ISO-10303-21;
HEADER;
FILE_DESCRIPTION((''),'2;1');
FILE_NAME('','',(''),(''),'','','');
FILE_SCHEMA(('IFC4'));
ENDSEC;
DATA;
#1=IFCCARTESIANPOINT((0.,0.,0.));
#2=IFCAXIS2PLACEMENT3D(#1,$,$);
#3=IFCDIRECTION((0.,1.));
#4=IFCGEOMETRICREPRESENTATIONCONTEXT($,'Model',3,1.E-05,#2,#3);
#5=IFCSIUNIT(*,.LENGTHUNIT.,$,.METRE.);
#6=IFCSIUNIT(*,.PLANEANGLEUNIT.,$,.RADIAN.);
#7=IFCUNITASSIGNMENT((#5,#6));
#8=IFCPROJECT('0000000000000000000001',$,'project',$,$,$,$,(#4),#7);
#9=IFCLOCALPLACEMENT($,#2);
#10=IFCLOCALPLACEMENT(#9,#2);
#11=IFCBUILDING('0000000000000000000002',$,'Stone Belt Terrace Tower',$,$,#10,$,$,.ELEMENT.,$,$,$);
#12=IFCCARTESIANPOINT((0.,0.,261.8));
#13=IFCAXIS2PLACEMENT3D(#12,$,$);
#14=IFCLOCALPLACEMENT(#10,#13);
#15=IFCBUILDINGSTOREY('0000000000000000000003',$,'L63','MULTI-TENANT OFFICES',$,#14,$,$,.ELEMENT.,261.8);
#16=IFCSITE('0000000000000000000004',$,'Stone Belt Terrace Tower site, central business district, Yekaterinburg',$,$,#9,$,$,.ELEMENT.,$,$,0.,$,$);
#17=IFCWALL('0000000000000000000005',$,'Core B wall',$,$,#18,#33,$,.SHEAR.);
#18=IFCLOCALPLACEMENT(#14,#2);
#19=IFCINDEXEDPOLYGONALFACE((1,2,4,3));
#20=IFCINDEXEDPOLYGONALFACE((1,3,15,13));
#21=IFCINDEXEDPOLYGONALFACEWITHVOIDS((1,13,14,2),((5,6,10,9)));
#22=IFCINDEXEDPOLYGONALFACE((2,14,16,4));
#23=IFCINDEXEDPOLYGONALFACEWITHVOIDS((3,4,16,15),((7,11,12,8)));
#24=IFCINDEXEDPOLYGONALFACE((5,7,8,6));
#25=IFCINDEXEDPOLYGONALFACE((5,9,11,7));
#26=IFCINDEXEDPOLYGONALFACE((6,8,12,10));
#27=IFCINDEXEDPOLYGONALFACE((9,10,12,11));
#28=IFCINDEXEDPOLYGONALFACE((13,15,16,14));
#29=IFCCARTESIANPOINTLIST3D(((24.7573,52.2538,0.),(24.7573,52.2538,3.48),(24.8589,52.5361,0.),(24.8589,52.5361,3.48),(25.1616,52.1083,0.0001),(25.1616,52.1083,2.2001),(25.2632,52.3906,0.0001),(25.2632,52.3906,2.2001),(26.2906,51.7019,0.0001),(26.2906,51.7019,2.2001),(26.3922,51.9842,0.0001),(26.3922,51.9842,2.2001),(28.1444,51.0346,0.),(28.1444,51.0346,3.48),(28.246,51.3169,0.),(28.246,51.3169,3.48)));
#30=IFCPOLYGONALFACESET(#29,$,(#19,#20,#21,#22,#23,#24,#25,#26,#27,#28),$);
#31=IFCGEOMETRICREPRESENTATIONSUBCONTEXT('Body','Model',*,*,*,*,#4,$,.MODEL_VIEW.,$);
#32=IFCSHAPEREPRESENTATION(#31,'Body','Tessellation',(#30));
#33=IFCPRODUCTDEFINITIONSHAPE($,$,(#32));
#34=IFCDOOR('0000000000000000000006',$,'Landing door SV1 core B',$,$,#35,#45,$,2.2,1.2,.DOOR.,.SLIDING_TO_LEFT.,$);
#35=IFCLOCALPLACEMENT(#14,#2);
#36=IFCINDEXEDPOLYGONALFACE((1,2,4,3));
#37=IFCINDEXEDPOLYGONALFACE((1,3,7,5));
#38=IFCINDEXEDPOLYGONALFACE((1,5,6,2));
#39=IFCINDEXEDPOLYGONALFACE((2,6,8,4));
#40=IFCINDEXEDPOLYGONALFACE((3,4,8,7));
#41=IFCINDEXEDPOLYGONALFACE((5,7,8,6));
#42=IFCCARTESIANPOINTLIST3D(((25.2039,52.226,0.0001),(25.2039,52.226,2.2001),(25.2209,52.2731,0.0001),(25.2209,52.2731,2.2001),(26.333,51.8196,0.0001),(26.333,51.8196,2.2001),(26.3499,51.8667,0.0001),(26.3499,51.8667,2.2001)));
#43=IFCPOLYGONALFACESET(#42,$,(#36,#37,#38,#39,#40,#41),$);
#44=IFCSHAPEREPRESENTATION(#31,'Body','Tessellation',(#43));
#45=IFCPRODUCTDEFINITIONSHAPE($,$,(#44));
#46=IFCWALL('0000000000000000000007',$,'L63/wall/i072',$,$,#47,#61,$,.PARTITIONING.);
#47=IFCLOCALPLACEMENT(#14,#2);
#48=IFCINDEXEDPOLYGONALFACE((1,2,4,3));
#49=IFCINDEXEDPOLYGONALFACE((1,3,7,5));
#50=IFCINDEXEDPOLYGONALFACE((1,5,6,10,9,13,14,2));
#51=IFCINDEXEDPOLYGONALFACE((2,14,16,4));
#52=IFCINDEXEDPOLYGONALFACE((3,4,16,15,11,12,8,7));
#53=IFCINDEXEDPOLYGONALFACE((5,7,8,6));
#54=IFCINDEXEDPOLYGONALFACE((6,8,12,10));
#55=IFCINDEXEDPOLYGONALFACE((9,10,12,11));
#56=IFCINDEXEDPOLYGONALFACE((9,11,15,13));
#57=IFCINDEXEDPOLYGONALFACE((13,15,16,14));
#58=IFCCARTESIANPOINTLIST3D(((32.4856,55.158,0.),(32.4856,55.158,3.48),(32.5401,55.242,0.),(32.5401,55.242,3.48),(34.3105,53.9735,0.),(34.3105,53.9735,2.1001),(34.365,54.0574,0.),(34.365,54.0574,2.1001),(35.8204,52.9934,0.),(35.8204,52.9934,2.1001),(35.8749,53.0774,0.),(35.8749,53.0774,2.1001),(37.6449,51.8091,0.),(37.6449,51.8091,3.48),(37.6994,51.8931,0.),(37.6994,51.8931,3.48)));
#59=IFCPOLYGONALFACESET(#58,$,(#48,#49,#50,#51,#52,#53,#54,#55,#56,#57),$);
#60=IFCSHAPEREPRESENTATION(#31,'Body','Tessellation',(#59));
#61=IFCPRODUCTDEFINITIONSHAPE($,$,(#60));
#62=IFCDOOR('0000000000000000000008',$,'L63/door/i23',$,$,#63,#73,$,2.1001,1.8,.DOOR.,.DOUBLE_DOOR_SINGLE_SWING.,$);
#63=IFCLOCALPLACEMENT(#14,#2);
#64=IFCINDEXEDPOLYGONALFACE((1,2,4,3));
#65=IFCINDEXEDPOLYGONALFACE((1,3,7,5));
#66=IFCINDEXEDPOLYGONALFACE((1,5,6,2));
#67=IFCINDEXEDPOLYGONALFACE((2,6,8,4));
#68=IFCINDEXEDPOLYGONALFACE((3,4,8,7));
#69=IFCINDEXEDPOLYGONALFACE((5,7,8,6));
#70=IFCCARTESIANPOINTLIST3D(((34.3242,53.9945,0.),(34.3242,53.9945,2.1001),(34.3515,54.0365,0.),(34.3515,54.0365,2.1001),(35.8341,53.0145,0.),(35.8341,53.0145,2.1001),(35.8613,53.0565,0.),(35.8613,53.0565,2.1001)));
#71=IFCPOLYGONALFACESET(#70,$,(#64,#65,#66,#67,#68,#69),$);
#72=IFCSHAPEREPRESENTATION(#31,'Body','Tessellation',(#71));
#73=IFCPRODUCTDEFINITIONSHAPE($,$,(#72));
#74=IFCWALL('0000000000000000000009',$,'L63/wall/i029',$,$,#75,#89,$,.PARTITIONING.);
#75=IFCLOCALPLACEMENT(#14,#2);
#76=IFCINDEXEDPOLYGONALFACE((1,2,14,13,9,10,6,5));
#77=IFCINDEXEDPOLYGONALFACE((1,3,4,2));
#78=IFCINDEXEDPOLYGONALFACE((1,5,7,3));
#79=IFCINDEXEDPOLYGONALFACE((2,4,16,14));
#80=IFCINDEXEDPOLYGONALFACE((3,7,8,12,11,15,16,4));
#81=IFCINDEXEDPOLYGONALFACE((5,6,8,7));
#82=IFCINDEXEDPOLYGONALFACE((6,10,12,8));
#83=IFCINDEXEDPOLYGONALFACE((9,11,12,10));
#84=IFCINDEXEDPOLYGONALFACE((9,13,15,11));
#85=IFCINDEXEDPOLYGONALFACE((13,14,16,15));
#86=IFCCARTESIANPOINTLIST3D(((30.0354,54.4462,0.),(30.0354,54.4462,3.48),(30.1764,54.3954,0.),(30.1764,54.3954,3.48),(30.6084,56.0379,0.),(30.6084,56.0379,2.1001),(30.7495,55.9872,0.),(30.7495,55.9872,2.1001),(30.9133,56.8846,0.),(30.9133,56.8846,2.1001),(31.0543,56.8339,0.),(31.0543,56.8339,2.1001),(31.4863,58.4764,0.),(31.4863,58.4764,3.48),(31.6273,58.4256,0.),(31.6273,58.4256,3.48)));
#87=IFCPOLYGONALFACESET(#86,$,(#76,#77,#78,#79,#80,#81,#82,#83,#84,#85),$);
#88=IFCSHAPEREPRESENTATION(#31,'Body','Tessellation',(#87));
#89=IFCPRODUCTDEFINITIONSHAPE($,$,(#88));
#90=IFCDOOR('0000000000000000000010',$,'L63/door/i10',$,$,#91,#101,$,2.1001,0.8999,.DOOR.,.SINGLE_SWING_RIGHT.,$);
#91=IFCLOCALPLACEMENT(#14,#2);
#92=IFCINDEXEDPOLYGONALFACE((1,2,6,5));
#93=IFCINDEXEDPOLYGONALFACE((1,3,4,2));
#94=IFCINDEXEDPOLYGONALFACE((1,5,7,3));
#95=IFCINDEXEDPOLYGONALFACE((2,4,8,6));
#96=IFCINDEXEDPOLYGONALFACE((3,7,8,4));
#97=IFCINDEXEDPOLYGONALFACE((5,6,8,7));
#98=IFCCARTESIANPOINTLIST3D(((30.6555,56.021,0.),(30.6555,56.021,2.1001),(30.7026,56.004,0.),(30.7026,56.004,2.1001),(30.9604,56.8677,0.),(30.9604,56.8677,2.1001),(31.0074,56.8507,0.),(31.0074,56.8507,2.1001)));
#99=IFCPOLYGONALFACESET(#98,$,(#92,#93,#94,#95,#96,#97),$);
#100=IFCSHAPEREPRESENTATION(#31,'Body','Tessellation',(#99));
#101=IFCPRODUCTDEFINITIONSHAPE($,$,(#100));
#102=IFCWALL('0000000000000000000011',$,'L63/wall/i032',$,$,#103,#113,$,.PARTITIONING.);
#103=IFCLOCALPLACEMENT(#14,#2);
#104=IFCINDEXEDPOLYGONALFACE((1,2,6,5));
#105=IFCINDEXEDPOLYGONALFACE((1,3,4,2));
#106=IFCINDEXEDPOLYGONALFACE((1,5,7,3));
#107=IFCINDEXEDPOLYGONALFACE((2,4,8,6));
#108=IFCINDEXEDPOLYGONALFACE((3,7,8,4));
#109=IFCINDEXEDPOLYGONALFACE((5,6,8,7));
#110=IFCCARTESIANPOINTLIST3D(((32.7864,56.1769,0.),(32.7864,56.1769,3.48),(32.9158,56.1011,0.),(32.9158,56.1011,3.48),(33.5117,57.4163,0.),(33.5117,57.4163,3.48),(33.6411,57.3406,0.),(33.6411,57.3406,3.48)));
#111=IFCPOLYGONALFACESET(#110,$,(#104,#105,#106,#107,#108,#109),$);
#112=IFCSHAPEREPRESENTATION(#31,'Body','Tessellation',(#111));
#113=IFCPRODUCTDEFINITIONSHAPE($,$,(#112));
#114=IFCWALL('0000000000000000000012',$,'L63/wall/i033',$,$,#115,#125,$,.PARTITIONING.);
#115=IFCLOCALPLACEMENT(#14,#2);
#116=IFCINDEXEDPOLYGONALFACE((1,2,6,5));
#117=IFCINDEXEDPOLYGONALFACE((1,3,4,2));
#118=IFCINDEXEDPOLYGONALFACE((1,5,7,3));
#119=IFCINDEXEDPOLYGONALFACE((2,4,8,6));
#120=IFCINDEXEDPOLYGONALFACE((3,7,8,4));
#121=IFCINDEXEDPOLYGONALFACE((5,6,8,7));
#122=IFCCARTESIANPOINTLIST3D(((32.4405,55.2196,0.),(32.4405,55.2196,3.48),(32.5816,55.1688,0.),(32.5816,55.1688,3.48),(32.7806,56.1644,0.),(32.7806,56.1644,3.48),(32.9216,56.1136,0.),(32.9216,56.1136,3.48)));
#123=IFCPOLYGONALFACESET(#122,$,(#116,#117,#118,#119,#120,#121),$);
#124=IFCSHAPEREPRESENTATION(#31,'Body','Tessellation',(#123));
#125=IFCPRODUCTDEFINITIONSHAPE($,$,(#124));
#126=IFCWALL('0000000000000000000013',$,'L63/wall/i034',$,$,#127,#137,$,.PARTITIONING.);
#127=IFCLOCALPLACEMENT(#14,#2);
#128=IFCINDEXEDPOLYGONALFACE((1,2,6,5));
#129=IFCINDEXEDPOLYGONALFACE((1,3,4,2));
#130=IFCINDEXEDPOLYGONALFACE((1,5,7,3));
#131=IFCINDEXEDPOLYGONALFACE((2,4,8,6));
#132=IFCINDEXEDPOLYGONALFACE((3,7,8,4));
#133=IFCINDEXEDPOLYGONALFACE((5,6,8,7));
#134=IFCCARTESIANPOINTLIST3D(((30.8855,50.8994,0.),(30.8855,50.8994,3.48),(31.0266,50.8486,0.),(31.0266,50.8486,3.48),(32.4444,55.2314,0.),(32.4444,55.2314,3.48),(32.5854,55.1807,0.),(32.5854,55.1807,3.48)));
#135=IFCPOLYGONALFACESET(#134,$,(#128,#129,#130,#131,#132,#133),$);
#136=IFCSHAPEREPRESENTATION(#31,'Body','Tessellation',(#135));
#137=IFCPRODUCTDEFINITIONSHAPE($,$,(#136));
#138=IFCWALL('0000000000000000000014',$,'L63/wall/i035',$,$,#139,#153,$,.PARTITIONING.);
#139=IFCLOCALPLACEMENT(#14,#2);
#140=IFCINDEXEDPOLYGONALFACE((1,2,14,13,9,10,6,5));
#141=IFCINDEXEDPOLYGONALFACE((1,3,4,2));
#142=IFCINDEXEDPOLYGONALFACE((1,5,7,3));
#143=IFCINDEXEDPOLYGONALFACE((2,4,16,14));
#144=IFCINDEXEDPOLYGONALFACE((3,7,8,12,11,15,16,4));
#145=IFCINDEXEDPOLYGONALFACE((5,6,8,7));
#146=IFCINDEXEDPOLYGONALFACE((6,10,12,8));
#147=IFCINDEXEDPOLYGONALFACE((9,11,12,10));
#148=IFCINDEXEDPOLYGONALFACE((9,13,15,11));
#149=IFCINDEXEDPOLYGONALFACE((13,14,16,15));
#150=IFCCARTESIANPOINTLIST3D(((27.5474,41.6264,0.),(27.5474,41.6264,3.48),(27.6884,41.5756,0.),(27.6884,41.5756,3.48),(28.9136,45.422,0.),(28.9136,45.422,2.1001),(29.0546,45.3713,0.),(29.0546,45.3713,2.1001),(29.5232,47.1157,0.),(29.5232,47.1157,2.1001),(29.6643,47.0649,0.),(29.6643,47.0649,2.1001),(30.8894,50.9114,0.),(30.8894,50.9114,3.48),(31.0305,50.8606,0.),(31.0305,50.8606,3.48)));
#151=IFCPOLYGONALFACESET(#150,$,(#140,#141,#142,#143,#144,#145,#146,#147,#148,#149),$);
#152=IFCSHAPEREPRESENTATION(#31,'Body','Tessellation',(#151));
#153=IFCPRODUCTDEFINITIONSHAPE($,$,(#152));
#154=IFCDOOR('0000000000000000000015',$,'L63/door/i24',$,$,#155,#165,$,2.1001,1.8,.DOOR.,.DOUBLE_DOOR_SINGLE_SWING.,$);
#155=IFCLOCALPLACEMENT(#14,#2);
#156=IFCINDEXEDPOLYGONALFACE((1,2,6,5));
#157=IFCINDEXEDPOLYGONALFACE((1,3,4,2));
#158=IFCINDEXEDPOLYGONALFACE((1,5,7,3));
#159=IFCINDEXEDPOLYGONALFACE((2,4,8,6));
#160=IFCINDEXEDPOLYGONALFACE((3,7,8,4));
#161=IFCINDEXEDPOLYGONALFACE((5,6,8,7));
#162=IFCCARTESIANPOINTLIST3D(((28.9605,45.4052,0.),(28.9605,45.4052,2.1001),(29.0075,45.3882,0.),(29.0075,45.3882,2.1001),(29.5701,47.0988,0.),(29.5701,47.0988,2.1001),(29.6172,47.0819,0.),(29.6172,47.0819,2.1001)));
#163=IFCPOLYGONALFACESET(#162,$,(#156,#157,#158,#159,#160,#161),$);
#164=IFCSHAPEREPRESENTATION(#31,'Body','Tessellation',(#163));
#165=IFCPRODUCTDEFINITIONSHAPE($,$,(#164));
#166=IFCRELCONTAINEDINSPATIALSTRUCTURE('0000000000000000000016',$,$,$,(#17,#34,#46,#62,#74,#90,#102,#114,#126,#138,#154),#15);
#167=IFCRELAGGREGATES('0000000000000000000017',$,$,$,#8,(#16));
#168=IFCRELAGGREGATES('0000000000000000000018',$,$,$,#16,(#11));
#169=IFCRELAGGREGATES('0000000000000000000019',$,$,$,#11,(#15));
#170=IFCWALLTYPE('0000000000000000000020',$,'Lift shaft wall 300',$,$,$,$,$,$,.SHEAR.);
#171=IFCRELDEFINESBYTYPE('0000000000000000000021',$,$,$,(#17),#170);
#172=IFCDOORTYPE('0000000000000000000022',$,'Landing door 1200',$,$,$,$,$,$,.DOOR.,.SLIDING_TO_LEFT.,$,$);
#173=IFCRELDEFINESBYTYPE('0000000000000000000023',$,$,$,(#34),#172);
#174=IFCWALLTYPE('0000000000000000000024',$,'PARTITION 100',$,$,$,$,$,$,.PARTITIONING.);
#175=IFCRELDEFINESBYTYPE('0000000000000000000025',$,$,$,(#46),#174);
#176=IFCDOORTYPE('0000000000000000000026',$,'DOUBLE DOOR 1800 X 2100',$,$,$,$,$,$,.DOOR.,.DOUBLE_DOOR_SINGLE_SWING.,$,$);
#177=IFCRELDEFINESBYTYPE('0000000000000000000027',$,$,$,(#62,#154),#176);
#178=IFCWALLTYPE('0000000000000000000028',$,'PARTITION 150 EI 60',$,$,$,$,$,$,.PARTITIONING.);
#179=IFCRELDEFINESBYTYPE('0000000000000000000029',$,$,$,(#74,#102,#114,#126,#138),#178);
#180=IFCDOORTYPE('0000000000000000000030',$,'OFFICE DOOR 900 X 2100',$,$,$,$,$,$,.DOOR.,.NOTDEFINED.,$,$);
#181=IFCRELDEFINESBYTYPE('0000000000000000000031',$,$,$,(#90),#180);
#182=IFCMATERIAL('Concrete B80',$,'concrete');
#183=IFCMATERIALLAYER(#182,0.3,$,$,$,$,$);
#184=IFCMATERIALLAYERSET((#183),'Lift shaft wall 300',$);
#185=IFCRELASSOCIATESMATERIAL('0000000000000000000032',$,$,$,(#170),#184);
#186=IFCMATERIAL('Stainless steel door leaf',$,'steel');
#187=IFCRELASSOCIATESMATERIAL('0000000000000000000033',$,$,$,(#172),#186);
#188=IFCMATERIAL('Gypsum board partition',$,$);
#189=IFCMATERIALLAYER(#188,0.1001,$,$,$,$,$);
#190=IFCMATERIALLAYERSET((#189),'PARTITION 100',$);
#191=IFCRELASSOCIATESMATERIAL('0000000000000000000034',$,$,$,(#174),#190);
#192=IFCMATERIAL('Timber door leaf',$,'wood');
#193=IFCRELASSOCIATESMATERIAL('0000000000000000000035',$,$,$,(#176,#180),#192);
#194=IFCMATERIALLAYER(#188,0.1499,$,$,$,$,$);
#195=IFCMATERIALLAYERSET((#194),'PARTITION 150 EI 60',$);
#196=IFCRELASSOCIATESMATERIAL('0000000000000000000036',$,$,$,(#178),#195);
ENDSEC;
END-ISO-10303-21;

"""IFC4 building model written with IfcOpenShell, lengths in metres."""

from ifc_helpers import new_model, si_unit, direction, frame, frame_2d, origin, place, context, subcontext, project, spatial, rectangle, extrude, material, layer, layer_set, type_object, element, fill, save


model = new_model("IFC4")

# Units and contexts
model_context = context("Model", 3, precision=1e-05, world=origin(), true_north=direction((0.0, 1.0)))
body_context = subcontext(model_context, "Body", "Model", "MODEL_VIEW")
ifc_project = project(units=[si_unit("LENGTHUNIT", "METRE"), si_unit("PLANEANGLEUNIT", "RADIAN")], contexts=[model_context])

# Site, building, storey
site_placement = place(None, origin())
site = spatial("IfcSite", under=ifc_project, at=site_placement, Name="Stone Belt Terrace Tower site, central business district, Yekaterinburg", CompositionType="ELEMENT", RefElevation=0.0)
building_placement = place(site_placement, origin())
building = spatial("IfcBuilding", under=site, at=building_placement, Name="Stone Belt Terrace Tower", CompositionType="ELEMENT")
storey_placement = place(building_placement, frame((0.0, 0.0, 261.8)))
storey = spatial("IfcBuildingStorey", under=building, at=storey_placement, Name="L63", Description="MULTI-TENANT OFFICES", CompositionType="ELEMENT", Elevation=261.8)

# Walls, openings, doors
ifc_material_1 = material(Name="Concrete B80", Category="concrete")
ifc_layer_1 = layer(ifc_material_1, 0.3)
ifc_layer_set_1 = layer_set([ifc_layer_1], Name="Lift shaft wall 300")
wall_type_1 = type_object("IfcWallType", Name="Lift shaft wall 300", PredefinedType="SHEAR", material=ifc_layer_set_1)
wall_1_placement = place(storey_placement, frame((28.1951, 51.1758, 0.0), z_axis=(0.0, 0.0, 1.0), x_axis=(-0.940901, 0.338681, 0.0)))
wall_1 = element("IfcWall", 1, at=wall_1_placement, inside=storey, type_object=wall_type_1, Name="Core B wall", PredefinedType="SHEAR", context=body_context, shape_type="SweptSolid", body=[
    extrude(rectangle(XDim=3.5999, YDim=0.3, at=frame_2d((1.7998, 0.0))), origin(), (0.0, 0.0, 1.0), 3.48),
])
opening_1_placement = place(wall_1_placement, frame((1.97, 0.0, 0.0)))
opening_1 = element("IfcOpeningElement", 2, at=opening_1_placement, cuts=wall_1, PredefinedType="OPENING", context=body_context, shape_type="SweptSolid", body=[
    extrude(rectangle(XDim=1.2, YDim=2.2, at=frame_2d((0.6001, 1.1001))), frame((0.0, 0.1599, 0.0), z_axis=(0.0, -1.0, 0.0), x_axis=(1.0, 0.0, 0.0)), (0.0, 0.0, 1.0), 0.3201),
])
ifc_material_2 = material(Name="Stainless steel door leaf", Category="steel")
door_type_1 = type_object("IfcDoorType", Name="Landing door 1200", OperationType="SLIDING_TO_LEFT", PredefinedType="DOOR", material=ifc_material_2)
door_1_placement = place(opening_1_placement, origin())
door_1 = element("IfcDoor", 3, at=door_1_placement, inside=storey, type_object=door_type_1, Name="Landing door SV1 core B", OperationType="SLIDING_TO_LEFT", OverallHeight=2.2, OverallWidth=1.2, PredefinedType="DOOR", context=body_context, shape_type="SweptSolid", body=[
    extrude(rectangle(XDim=1.2, YDim=2.2, at=frame_2d((0.6001, 1.1001))), frame((0.0, 0.0249, 0.0), z_axis=(0.0, -1.0, 0.0), x_axis=(1.0, 0.0, 0.0)), (0.0, 0.0, 1.0), 0.05),
])
fill(opening_1, door_1)
ifc_material_3 = material(Name="Gypsum board partition")
ifc_layer_2 = layer(ifc_material_3, 0.1001)
ifc_layer_set_2 = layer_set([ifc_layer_2], Name="PARTITION 100")
wall_type_2 = type_object("IfcWallType", Name="PARTITION 100", PredefinedType="PARTITIONING", material=ifc_layer_set_2)
wall_2_placement = place(storey_placement, frame((37.6721, 51.8511, 0.0), z_axis=(0.0, 0.0, 1.0), x_axis=(-0.838784, 0.544464, 0.0)))
wall_2 = element("IfcWall", 4, at=wall_2_placement, inside=storey, type_object=wall_type_2, Name="L63/wall/i072", PredefinedType="PARTITIONING", context=body_context, shape_type="SweptSolid", body=[
    extrude(rectangle(XDim=6.1509, YDim=0.1001, at=frame_2d((3.0754, 0.0))), origin(), (0.0, 0.0, 1.0), 3.48),
])
opening_2_placement = place(wall_2_placement, frame((2.1753, 0.0, 0.0)))
opening_2 = element("IfcOpeningElement", 5, at=opening_2_placement, cuts=wall_2, PredefinedType="OPENING", context=body_context, shape_type="SweptSolid", body=[
    extrude(rectangle(XDim=1.8, YDim=2.1001, at=frame_2d((0.8999, 1.05))), frame((0.0, 0.0601, 0.0), z_axis=(0.0, -1.0, 0.0), x_axis=(1.0, 0.0, 0.0)), (0.0, 0.0, 1.0), 0.1201),
])
ifc_material_4 = material(Name="Timber door leaf", Category="wood")
door_type_2 = type_object("IfcDoorType", Name="DOUBLE DOOR 1800 X 2100", OperationType="DOUBLE_DOOR_SINGLE_SWING", PredefinedType="DOOR", material=ifc_material_4)
door_2_placement = place(opening_2_placement, origin())
door_2 = element("IfcDoor", 6, at=door_2_placement, inside=storey, type_object=door_type_2, Name="L63/door/i23", OperationType="DOUBLE_DOOR_SINGLE_SWING", OverallHeight=2.1001, OverallWidth=1.8, PredefinedType="DOOR", context=body_context, shape_type="SweptSolid", body=[
    extrude(rectangle(XDim=1.8, YDim=2.1001, at=frame_2d((0.8999, 1.05))), frame((0.0, 0.0249, 0.0), z_axis=(0.0, -1.0, 0.0), x_axis=(1.0, 0.0, 0.0)), (0.0, 0.0, 1.0), 0.05),
])
fill(opening_2, door_2)
ifc_layer_3 = layer(ifc_material_3, 0.1499)
ifc_layer_set_3 = layer_set([ifc_layer_3], Name="PARTITION 150 EI 60")
wall_type_3 = type_object("IfcWallType", Name="PARTITION 150 EI 60", PredefinedType="PARTITIONING", material=ifc_layer_set_3)
wall_3_placement = place(storey_placement, frame((30.106, 54.4209, 0.0), z_axis=(0.0, 0.0, 1.0), x_axis=(0.338726, 0.940885, 0.0)))
wall_3 = element("IfcWall", 7, at=wall_3_placement, inside=storey, type_object=wall_type_3, Name="L63/wall/i029", PredefinedType="PARTITIONING", context=body_context, shape_type="SweptSolid", body=[
    extrude(rectangle(XDim=4.2834, YDim=0.1499, at=frame_2d((2.1416, 0.0))), origin(), (0.0, 0.0, 1.0), 3.48),
])
opening_3_placement = place(wall_3_placement, frame((1.6917, 0.0, 0.0)))
opening_3 = element("IfcOpeningElement", 8, at=opening_3_placement, cuts=wall_3, PredefinedType="OPENING", context=body_context, shape_type="SweptSolid", body=[
    extrude(rectangle(XDim=0.8999, YDim=2.1001, at=frame_2d((0.45, 1.05))), frame((0.0, 0.085, 0.0), z_axis=(0.0, -1.0, 0.0), x_axis=(1.0, 0.0, 0.0)), (0.0, 0.0, 1.0), 0.1699),
])
door_type_3 = type_object("IfcDoorType", Name="OFFICE DOOR 900 X 2100", OperationType="NOTDEFINED", PredefinedType="DOOR", material=ifc_material_4)
door_3_placement = place(opening_3_placement, origin())
door_3 = element("IfcDoor", 9, at=door_3_placement, inside=storey, type_object=door_type_3, Name="L63/door/i10", OperationType="SINGLE_SWING_RIGHT", OverallHeight=2.1001, OverallWidth=0.8999, PredefinedType="DOOR", context=body_context, shape_type="SweptSolid", body=[
    extrude(rectangle(XDim=0.8999, YDim=2.1001, at=frame_2d((0.45, 1.05))), frame((0.0, 0.0249, 0.0), z_axis=(0.0, -1.0, 0.0), x_axis=(1.0, 0.0, 0.0)), (0.0, 0.0, 1.0), 0.05),
])
fill(opening_3, door_3)

# Walls
wall_4_placement = place(storey_placement, frame((33.5764, 57.3784, 0.0), z_axis=(0.0, 0.0, 1.0), x_axis=(-0.505065, -0.863081, 0.0)))
element("IfcWall", 10, at=wall_4_placement, inside=storey, type_object=wall_type_3, Name="L63/wall/i032", PredefinedType="PARTITIONING", context=body_context, shape_type="SweptSolid", body=[
    extrude(rectangle(XDim=1.436, YDim=0.1499, at=frame_2d((0.718, 0.0))), origin(), (0.0, 0.0, 1.0), 3.48),
])
wall_5_placement = place(storey_placement, frame((32.8511, 56.1389, 0.0), z_axis=(0.0, 0.0, 1.0), x_axis=(-0.338676, -0.940903, 0.0)))
element("IfcWall", 11, at=wall_5_placement, inside=storey, type_object=wall_type_3, Name="L63/wall/i033", PredefinedType="PARTITIONING", context=body_context, shape_type="SweptSolid", body=[
    extrude(rectangle(XDim=1.0042, YDim=0.1499, at=frame_2d((0.502, 0.0))), origin(), (0.0, 0.0, 1.0), 3.48),
])
wall_6_placement = place(storey_placement, frame((32.5149, 55.2061, 0.0), z_axis=(0.0, 0.0, 1.0), x_axis=(-0.338586, -0.940935, 0.0)))
element("IfcWall", 12, at=wall_6_placement, inside=storey, type_object=wall_type_3, Name="L63/wall/i034", PredefinedType="PARTITIONING", context=body_context, shape_type="SweptSolid", body=[
    extrude(rectangle(XDim=4.604, YDim=0.1499, at=frame_2d((2.302, 0.0))), origin(), (0.0, 0.0, 1.0), 3.48),
])

# Wall, opening, door
wall_7_placement = place(storey_placement, frame((30.96, 50.886, 0.0), z_axis=(0.0, 0.0, 1.0), x_axis=(-0.338672, -0.940904, 0.0)))
wall_7 = element("IfcWall", 13, at=wall_7_placement, inside=storey, type_object=wall_type_3, Name="L63/wall/i035", PredefinedType="PARTITIONING", context=body_context, shape_type="SweptSolid", body=[
    extrude(rectangle(XDim=9.8682, YDim=0.1499, at=frame_2d((4.9341, 0.0))), origin(), (0.0, 0.0, 1.0), 3.48),
])
opening_4_placement = place(wall_7_placement, frame((4.0342, 0.0, 0.0)))
opening_4 = element("IfcOpeningElement", 14, at=opening_4_placement, cuts=wall_7, PredefinedType="OPENING", context=body_context, shape_type="SweptSolid", body=[
    extrude(rectangle(XDim=1.8, YDim=2.1001, at=frame_2d((0.8999, 1.05))), frame((0.0, 0.085, 0.0), z_axis=(0.0, -1.0, 0.0), x_axis=(1.0, 0.0, 0.0)), (0.0, 0.0, 1.0), 0.1699),
])
door_4_placement = place(opening_4_placement, origin())
door_4 = element("IfcDoor", 15, at=door_4_placement, inside=storey, type_object=door_type_2, Name="L63/door/i24", OperationType="DOUBLE_DOOR_SINGLE_SWING", OverallHeight=2.1001, OverallWidth=1.8, PredefinedType="DOOR", context=body_context, shape_type="SweptSolid", body=[
    extrude(rectangle(XDim=1.8, YDim=2.1001, at=frame_2d((0.8999, 1.05))), frame((0.0, 0.0249, 0.0), z_axis=(0.0, -1.0, 0.0), x_axis=(1.0, 0.0, 0.0)), (0.0, 0.0, 1.0), 0.05),
])
fill(opening_4, door_4)

save(model, "model.ifc")
